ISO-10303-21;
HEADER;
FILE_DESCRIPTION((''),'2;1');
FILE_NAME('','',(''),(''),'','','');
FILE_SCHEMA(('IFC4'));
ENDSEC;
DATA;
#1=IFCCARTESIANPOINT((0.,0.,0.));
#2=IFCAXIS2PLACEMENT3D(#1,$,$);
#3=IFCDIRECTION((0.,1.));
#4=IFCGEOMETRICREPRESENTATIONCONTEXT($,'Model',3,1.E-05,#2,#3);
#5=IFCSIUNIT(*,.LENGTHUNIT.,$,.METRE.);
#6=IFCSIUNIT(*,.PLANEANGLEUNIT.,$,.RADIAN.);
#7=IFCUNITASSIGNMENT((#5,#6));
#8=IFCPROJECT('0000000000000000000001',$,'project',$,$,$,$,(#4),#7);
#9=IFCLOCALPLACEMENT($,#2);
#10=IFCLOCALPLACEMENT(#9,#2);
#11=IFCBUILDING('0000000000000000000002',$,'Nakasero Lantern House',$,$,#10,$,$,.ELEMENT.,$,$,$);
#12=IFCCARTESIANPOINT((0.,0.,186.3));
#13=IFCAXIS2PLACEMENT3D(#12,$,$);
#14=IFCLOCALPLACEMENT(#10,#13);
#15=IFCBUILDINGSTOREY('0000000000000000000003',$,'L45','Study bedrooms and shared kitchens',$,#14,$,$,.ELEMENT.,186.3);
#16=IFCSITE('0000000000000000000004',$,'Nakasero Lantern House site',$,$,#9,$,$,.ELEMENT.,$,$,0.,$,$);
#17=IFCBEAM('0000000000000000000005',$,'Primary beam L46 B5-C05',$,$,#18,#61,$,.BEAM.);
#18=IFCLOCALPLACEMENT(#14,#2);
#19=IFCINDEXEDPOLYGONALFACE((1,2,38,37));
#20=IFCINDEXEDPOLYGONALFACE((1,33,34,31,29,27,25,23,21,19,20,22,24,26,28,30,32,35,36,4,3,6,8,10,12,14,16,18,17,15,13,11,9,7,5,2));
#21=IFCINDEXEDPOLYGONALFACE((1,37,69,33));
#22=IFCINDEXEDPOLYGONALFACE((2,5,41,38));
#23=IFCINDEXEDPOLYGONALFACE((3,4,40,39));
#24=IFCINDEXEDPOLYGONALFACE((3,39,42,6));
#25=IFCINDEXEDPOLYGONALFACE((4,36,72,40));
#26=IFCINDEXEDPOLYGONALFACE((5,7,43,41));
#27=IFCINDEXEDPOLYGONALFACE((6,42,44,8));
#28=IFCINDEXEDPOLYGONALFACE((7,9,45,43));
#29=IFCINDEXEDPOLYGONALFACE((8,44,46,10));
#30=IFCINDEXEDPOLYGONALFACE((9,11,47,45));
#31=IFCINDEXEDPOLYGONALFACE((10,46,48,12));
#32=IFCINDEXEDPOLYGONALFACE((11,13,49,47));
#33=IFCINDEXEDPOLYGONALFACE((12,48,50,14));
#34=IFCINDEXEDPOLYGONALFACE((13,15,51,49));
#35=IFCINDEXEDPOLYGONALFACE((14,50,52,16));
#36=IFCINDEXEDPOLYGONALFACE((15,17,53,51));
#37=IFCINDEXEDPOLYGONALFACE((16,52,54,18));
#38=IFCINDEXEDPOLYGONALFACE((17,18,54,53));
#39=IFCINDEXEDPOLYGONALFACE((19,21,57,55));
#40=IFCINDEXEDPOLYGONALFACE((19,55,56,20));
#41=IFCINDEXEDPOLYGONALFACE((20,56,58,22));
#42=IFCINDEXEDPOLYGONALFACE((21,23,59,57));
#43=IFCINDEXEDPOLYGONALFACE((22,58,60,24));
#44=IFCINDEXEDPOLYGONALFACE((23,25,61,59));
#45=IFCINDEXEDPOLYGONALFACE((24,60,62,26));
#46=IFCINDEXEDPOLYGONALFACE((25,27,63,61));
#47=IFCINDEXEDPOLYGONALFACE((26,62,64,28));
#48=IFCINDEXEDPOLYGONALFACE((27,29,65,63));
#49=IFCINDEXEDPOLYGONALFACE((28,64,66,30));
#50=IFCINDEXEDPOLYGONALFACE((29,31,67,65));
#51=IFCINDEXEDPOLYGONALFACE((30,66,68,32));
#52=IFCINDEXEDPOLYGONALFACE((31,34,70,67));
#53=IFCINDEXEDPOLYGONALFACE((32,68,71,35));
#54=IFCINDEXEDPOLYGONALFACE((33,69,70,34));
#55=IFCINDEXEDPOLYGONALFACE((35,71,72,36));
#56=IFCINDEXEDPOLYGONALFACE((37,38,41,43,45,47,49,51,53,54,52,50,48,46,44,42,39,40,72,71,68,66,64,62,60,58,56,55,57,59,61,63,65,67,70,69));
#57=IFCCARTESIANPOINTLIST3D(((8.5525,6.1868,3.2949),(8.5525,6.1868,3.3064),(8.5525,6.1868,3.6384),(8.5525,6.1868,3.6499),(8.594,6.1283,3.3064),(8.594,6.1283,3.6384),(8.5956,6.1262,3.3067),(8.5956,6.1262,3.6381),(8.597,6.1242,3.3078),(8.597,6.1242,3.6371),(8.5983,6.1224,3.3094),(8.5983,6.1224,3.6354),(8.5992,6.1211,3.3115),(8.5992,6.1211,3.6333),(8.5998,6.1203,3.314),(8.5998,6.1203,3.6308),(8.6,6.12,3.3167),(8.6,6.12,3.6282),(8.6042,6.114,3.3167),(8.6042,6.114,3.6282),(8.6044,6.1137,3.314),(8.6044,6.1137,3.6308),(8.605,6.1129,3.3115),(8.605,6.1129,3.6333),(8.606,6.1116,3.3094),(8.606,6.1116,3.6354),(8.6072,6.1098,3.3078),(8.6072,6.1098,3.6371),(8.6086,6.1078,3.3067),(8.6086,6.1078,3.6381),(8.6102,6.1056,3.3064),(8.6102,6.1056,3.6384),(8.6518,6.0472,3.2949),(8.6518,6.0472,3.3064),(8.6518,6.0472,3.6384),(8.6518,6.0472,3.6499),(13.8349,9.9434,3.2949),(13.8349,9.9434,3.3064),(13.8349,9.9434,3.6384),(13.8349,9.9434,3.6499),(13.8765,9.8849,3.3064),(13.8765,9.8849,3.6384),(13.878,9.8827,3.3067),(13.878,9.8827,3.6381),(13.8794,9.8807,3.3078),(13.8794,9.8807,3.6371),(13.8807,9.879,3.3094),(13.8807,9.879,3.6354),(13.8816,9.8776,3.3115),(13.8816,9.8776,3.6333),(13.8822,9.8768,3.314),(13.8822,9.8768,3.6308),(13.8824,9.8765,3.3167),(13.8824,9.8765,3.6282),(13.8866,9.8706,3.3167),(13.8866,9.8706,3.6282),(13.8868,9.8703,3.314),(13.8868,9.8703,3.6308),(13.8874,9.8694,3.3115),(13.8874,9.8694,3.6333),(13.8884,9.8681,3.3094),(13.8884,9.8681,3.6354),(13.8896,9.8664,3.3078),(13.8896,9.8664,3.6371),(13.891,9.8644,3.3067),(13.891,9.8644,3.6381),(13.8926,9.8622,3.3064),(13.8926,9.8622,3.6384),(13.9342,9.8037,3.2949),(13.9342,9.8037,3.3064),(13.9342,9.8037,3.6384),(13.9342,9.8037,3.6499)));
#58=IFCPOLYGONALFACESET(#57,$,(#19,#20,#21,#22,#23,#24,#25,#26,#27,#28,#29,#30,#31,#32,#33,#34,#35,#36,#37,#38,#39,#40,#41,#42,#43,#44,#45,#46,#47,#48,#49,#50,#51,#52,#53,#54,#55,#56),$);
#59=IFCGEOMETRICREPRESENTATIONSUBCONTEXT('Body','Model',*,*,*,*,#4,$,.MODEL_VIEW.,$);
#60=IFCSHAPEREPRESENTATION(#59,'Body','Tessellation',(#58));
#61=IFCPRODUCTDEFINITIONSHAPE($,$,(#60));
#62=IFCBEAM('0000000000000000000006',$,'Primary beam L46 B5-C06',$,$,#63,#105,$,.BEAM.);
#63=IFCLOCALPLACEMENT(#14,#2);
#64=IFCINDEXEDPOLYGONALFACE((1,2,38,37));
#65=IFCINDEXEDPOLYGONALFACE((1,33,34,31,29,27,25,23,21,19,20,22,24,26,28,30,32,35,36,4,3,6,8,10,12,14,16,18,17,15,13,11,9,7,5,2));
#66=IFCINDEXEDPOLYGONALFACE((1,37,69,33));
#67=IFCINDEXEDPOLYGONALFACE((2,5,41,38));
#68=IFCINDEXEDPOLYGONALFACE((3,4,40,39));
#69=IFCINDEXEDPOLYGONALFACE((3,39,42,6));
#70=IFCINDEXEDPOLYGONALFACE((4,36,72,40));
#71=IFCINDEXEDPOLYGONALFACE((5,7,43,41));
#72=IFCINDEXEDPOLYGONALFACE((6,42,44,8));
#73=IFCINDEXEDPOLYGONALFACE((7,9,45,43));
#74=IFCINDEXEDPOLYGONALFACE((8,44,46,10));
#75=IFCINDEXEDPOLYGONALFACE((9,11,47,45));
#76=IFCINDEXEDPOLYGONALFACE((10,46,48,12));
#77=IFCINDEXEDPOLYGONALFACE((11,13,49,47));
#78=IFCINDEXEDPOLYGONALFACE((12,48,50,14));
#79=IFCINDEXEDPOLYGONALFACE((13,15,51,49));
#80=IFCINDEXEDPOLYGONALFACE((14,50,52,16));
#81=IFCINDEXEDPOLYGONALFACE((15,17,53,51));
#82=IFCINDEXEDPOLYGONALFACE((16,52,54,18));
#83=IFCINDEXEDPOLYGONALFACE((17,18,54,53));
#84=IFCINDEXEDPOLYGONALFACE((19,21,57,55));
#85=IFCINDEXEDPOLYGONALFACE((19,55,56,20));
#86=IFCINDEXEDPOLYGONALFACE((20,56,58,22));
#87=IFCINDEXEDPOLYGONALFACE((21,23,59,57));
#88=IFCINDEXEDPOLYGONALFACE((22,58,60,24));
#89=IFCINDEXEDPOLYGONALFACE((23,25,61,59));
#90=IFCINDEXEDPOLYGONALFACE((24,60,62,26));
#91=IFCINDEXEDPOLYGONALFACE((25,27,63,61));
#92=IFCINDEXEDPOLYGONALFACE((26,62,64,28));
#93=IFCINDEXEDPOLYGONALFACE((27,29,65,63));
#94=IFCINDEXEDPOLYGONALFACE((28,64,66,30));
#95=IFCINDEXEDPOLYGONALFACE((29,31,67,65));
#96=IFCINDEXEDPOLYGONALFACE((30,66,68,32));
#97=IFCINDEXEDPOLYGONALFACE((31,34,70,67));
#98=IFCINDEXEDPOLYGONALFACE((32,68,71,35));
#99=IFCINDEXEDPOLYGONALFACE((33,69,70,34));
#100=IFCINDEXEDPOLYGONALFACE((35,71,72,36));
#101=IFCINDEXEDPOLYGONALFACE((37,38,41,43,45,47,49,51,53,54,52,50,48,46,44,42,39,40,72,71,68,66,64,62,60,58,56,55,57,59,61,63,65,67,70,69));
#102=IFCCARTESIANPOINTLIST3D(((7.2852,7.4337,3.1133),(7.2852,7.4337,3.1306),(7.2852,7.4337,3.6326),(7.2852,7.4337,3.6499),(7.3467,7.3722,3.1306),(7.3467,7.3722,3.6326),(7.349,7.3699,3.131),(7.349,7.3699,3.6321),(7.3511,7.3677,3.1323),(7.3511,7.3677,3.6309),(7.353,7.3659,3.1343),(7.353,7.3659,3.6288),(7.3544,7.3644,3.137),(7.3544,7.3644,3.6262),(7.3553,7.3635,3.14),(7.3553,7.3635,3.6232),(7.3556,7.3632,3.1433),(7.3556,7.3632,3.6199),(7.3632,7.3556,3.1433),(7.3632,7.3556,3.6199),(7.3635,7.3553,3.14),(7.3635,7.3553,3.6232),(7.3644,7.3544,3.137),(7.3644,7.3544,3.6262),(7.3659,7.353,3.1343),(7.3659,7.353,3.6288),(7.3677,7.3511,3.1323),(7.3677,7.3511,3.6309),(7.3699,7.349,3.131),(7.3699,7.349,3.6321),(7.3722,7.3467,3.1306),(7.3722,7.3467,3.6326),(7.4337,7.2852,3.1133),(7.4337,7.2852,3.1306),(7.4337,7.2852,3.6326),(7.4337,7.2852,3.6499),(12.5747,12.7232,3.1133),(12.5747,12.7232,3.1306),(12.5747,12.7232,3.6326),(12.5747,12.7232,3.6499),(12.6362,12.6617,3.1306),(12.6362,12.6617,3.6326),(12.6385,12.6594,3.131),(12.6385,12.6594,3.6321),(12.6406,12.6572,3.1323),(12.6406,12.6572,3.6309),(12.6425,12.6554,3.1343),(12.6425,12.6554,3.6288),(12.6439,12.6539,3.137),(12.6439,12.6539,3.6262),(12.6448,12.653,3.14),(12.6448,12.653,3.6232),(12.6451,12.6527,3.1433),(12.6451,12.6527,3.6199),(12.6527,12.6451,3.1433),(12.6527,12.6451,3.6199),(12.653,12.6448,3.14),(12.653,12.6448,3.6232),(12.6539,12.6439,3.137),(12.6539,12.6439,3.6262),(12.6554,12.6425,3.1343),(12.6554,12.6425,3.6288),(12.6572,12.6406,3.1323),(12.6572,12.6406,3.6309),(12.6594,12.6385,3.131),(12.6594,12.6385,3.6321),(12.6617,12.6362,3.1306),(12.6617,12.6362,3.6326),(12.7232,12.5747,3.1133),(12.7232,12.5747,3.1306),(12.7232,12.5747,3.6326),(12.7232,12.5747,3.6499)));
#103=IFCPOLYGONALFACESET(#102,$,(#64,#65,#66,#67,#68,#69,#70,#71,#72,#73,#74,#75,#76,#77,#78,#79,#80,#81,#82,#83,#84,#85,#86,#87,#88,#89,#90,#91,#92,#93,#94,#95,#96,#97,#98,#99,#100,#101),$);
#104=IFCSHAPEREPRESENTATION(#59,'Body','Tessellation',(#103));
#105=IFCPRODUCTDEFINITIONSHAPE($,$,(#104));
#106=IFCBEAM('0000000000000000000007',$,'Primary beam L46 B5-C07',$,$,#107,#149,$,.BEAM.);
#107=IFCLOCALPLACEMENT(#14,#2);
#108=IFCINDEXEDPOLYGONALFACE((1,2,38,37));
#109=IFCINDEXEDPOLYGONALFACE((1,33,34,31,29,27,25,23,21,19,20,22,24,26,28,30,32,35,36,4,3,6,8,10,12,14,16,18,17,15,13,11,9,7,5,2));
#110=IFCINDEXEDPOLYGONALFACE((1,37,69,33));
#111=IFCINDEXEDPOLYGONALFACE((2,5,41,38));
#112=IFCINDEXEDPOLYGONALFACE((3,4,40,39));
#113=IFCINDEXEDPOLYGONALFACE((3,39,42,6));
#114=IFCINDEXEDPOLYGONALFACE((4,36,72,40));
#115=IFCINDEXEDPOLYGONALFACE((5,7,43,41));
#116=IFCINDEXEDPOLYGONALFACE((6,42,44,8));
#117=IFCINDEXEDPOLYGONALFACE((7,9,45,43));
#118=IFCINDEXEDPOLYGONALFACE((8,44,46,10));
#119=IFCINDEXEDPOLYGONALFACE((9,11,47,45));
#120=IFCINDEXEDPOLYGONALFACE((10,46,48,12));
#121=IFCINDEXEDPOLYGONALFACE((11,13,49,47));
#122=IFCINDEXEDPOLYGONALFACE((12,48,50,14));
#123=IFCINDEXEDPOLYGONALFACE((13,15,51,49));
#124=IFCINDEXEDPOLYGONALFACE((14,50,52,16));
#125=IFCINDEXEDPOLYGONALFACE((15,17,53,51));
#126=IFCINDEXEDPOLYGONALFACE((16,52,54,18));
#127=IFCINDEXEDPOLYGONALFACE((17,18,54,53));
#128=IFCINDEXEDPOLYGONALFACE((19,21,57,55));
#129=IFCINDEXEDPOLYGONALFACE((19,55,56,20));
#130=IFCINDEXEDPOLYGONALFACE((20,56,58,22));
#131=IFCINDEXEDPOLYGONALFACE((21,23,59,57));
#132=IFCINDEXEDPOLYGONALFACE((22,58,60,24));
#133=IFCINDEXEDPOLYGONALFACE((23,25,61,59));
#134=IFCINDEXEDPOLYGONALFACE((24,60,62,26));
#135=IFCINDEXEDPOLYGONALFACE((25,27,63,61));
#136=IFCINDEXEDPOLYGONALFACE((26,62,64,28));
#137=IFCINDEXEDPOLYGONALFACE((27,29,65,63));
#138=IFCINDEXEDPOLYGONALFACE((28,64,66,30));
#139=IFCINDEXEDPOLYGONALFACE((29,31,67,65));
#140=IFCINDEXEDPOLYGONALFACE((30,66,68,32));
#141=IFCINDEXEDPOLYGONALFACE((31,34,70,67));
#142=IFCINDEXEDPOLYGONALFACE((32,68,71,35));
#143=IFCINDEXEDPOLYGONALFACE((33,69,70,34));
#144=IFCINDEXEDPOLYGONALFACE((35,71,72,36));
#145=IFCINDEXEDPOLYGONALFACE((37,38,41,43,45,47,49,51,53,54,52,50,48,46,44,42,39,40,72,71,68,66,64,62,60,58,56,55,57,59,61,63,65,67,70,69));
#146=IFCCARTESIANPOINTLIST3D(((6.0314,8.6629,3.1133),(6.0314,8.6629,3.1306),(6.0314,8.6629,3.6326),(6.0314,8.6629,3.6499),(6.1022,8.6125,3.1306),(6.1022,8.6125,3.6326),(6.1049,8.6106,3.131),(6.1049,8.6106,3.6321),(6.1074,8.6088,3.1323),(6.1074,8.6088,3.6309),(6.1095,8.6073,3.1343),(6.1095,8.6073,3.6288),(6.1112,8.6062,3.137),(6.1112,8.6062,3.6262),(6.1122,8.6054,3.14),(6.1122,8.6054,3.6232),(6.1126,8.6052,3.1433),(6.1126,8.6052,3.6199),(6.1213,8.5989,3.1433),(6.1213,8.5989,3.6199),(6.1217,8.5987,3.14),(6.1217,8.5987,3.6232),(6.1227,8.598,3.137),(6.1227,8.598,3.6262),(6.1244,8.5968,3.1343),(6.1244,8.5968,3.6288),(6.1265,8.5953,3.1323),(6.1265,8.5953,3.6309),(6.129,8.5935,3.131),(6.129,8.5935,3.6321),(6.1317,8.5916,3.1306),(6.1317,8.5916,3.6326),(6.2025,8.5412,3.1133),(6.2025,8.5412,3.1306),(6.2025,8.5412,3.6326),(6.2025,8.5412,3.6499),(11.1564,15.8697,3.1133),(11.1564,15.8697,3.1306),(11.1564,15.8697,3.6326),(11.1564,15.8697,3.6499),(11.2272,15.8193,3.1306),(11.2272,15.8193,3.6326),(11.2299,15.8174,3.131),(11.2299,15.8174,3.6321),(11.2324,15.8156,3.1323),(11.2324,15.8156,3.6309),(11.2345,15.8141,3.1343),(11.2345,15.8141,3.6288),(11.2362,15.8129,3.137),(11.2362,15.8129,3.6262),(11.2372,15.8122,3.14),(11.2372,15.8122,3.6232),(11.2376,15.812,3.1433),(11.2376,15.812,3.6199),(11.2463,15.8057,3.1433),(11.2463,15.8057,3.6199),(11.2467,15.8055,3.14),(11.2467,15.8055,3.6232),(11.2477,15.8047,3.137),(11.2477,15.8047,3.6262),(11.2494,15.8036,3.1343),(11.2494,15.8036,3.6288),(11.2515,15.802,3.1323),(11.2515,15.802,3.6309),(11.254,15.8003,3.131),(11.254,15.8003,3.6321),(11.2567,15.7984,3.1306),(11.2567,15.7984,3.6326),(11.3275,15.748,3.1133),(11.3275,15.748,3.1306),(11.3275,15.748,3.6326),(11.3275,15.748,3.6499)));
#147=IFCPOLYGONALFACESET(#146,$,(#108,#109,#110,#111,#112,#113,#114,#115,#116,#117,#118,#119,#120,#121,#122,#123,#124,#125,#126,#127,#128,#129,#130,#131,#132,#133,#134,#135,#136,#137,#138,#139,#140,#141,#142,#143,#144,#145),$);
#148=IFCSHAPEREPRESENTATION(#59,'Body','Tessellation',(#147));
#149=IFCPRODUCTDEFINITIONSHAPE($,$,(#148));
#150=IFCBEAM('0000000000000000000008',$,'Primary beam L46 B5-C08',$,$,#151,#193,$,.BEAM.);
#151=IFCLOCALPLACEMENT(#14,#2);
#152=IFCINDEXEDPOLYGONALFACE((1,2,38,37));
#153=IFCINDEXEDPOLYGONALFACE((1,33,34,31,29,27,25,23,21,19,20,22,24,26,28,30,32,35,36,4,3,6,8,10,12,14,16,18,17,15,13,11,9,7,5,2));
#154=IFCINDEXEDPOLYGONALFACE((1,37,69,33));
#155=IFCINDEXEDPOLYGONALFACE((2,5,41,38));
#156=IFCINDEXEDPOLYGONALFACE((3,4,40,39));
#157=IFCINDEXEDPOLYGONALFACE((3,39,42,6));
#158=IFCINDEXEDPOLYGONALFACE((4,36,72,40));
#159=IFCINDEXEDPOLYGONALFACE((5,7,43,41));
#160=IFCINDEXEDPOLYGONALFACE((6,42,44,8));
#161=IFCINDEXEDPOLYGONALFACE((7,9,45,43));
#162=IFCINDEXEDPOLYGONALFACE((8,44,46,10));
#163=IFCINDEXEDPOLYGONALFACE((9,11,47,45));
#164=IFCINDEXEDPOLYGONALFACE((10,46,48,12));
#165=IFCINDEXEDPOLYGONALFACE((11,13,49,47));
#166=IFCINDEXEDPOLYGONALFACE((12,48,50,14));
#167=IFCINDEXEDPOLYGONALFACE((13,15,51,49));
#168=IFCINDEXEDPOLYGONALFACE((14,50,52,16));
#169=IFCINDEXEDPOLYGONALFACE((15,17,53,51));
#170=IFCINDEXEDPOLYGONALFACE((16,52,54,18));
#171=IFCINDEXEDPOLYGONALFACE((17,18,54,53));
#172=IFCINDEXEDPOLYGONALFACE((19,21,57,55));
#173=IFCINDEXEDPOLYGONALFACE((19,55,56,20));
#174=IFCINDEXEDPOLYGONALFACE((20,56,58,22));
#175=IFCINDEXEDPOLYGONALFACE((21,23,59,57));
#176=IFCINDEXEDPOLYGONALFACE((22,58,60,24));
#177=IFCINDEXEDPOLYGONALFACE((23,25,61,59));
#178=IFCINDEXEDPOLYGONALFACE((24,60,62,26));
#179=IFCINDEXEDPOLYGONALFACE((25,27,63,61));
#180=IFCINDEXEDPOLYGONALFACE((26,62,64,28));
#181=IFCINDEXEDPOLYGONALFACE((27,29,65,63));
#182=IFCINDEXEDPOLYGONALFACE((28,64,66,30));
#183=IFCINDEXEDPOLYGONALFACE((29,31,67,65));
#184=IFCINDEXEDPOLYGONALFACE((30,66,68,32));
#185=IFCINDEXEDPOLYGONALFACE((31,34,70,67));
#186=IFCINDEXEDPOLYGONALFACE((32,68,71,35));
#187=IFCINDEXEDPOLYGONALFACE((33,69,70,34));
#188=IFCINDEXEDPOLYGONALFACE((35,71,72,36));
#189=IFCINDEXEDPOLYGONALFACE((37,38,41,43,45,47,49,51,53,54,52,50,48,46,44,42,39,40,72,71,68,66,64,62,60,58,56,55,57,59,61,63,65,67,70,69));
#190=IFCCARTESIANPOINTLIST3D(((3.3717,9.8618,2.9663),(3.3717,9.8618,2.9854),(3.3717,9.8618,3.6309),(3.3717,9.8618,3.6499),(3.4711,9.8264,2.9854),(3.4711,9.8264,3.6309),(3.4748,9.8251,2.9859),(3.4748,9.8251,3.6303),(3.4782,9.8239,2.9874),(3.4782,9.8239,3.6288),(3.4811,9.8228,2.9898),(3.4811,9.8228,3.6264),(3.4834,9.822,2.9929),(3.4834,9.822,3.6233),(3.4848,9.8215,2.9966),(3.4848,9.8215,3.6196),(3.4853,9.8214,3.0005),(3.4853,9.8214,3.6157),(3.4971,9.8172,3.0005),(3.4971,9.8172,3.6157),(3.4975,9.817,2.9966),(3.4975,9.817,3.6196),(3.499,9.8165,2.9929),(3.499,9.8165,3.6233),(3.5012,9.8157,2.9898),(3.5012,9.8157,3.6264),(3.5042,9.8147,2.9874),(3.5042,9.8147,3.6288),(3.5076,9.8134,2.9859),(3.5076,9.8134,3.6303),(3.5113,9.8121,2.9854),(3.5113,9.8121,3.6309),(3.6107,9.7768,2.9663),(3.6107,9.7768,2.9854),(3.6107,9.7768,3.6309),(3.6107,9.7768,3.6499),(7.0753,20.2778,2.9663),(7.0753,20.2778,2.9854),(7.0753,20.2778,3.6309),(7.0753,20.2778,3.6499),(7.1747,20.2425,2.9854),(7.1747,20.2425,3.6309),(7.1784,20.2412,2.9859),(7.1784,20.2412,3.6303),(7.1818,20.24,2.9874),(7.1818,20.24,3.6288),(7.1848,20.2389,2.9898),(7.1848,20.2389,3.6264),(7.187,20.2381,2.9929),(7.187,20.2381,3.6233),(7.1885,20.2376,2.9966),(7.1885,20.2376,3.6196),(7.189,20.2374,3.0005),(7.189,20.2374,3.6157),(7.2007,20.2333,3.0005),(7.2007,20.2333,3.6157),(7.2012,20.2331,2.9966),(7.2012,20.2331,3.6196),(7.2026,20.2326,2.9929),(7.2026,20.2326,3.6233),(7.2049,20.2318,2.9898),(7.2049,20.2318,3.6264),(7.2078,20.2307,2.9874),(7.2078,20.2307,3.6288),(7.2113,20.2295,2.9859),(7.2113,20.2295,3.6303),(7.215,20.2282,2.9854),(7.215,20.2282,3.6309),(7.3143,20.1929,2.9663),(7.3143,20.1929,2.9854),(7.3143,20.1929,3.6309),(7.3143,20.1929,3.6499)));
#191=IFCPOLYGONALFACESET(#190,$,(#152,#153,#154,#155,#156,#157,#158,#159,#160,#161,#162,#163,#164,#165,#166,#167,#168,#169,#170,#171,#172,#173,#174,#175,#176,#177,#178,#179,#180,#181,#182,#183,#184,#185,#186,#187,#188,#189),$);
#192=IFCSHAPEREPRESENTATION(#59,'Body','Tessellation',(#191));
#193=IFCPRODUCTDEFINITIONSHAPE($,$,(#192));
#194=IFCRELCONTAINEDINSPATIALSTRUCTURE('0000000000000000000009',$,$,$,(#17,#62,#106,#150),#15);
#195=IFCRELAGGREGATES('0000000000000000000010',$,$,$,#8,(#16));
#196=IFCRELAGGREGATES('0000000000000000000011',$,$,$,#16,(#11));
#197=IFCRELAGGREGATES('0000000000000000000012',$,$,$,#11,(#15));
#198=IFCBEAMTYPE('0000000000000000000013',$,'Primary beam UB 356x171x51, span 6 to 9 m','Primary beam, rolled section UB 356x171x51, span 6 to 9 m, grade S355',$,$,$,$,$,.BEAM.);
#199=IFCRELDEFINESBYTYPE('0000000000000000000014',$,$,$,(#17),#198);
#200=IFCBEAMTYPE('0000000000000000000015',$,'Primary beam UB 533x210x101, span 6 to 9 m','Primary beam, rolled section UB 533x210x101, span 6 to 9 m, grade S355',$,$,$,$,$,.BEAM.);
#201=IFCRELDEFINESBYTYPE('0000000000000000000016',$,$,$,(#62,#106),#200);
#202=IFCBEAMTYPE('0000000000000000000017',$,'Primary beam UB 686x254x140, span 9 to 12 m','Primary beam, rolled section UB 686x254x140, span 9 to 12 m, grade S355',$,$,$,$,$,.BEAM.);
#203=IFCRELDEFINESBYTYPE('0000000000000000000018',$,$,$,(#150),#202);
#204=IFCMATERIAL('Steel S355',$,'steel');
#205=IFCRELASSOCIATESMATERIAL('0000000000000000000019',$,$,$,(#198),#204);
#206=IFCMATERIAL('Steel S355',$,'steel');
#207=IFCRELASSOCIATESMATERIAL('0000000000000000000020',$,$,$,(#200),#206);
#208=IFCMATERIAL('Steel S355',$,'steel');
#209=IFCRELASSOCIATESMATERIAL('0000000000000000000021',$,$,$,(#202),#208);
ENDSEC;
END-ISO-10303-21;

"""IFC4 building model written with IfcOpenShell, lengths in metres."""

from ifc_helpers import new_model, si_unit, direction, frame, origin, origin_2d, place, context, subcontext, project, spatial, i_section, extrude, material, material_profile, profile_set, type_object, element, save


model = new_model("IFC4")

# Units and contexts
model_context = context("Model", 3, precision=1e-05, world=origin(), true_north=direction((0.0, 1.0)))
body_context = subcontext(model_context, "Body", "Model", "MODEL_VIEW")
ifc_project = project(units=[si_unit("LENGTHUNIT", "METRE"), si_unit("PLANEANGLEUNIT", "RADIAN")], contexts=[model_context])

# Site, building, storey
site_placement = place(None, origin())
site = spatial("IfcSite", under=ifc_project, at=site_placement, Name="Nakasero Lantern House site", CompositionType="ELEMENT", RefElevation=0.0)
building_placement = place(site_placement, origin())
building = spatial("IfcBuilding", under=site, at=building_placement, Name="Nakasero Lantern House", CompositionType="ELEMENT")
storey_placement = place(building_placement, frame((0.0, 0.0, 186.3)))
storey = spatial("IfcBuildingStorey", under=building, at=storey_placement, Name="L45", Description="Study bedrooms and shared kitchens", CompositionType="ELEMENT", Elevation=186.3)

# Beams
ifc_material_1 = material(Name="Steel S355", Category="steel")
ifc_material_profile_1 = material_profile(ifc_material_1, i_section(OverallWidth=0.1714, OverallDepth=0.355, WebThickness=0.0073, FlangeThickness=0.0115, FilletRadius=0.0103, at=origin_2d()), Name="UB 356x171x51")
ifc_profile_set_1 = profile_set([ifc_material_profile_1], Name="Steel S355")
beam_type_1 = type_object("IfcBeamType", Name="Primary beam UB 356x171x51, span 6 to 9 m", Description="Primary beam, rolled section UB 356x171x51, span 6 to 9 m, grade S355", PredefinedType="BEAM", material=ifc_profile_set_1)
beam_1_placement = place(storey_placement, frame((13.8845, 9.8735, 3.4724), z_axis=(-0.814943, -0.579541, 0.0), x_axis=(0.579541, -0.814943, 0.0)))
element("IfcBeam", 1, at=beam_1_placement, inside=storey, type_object=beam_type_1, Name="Primary beam L46 B5-C05", PredefinedType="BEAM", context=body_context, shape_type="SweptSolid", body=[
    extrude(i_section(OverallWidth=0.1714, OverallDepth=0.355, WebThickness=0.0073, FlangeThickness=0.0115, FilletRadius=0.0103, at=origin_2d()), origin(), (0.0, 0.0, 1.0), 6.4819),
])
ifc_material_2 = material(Name="Steel S355", Category="steel")
ifc_material_profile_2 = material_profile(ifc_material_2, i_section(OverallWidth=0.21, OverallDepth=0.5366, WebThickness=0.0107, FlangeThickness=0.0173, FilletRadius=0.0127, at=origin_2d()), Name="UB 533x210x101")
ifc_profile_set_2 = profile_set([ifc_material_profile_2], Name="Steel S355")
beam_type_2 = type_object("IfcBeamType", Name="Primary beam UB 533x210x101, span 6 to 9 m", Description="Primary beam, rolled section UB 533x210x101, span 6 to 9 m, grade S355", PredefinedType="BEAM", material=ifc_profile_set_2)
beam_2_placement = place(storey_placement, frame((12.6489, 12.6489, 3.3816), z_axis=(-0.707107, -0.707107, 0.0), x_axis=(0.707107, -0.707107, 0.0)))
element("IfcBeam", 2, at=beam_2_placement, inside=storey, type_object=beam_type_2, Name="Primary beam L46 B5-C06", PredefinedType="BEAM", context=body_context, shape_type="SweptSolid", body=[
    extrude(i_section(OverallWidth=0.21, OverallDepth=0.5366, WebThickness=0.0107, FlangeThickness=0.0173, FilletRadius=0.0127, at=origin_2d()), origin(), (0.0, 0.0, 1.0), 7.4805),
])
beam_3_placement = place(storey_placement, frame((11.2419, 15.8088, 3.3816), z_axis=(-0.579537, -0.814946, 0.0), x_axis=(0.814946, -0.579537, 0.0)))
element("IfcBeam", 3, at=beam_3_placement, inside=storey, type_object=beam_type_2, Name="Primary beam L46 B5-C07", PredefinedType="BEAM", context=body_context, shape_type="SweptSolid", body=[
    extrude(i_section(OverallWidth=0.21, OverallDepth=0.5366, WebThickness=0.0107, FlangeThickness=0.0173, FilletRadius=0.0127, at=origin_2d()), origin(), (0.0, 0.0, 1.0), 8.8433),
])
ifc_material_3 = material(Name="Steel S355", Category="steel")
ifc_material_profile_3 = material_profile(ifc_material_3, i_section(OverallWidth=0.2537, OverallDepth=0.6836, WebThickness=0.0125, FlangeThickness=0.019, FilletRadius=0.0151, at=origin_2d()), Name="UB 686x254x140")
ifc_profile_set_3 = profile_set([ifc_material_profile_3], Name="Steel S355")
beam_type_3 = type_object("IfcBeamType", Name="Primary beam UB 686x254x140, span 9 to 12 m", Description="Primary beam, rolled section UB 686x254x140, span 9 to 12 m, grade S355", PredefinedType="BEAM", material=ifc_profile_set_3)
beam_4_placement = place(storey_placement, frame((7.1948, 20.2354, 3.3081), z_axis=(-0.335021, -0.942211, 0.0), x_axis=(0.942211, -0.335021, 0.0)))
element("IfcBeam", 4, at=beam_4_placement, inside=storey, type_object=beam_type_3, Name="Primary beam L46 B5-C08", PredefinedType="BEAM", context=body_context, shape_type="SweptSolid", body=[
    extrude(i_section(OverallWidth=0.2537, OverallDepth=0.6836, WebThickness=0.0125, FlangeThickness=0.019, FilletRadius=0.0151, at=origin_2d()), origin(), (0.0, 0.0, 1.0), 11.0549),
])

save(model, "model.ifc")
